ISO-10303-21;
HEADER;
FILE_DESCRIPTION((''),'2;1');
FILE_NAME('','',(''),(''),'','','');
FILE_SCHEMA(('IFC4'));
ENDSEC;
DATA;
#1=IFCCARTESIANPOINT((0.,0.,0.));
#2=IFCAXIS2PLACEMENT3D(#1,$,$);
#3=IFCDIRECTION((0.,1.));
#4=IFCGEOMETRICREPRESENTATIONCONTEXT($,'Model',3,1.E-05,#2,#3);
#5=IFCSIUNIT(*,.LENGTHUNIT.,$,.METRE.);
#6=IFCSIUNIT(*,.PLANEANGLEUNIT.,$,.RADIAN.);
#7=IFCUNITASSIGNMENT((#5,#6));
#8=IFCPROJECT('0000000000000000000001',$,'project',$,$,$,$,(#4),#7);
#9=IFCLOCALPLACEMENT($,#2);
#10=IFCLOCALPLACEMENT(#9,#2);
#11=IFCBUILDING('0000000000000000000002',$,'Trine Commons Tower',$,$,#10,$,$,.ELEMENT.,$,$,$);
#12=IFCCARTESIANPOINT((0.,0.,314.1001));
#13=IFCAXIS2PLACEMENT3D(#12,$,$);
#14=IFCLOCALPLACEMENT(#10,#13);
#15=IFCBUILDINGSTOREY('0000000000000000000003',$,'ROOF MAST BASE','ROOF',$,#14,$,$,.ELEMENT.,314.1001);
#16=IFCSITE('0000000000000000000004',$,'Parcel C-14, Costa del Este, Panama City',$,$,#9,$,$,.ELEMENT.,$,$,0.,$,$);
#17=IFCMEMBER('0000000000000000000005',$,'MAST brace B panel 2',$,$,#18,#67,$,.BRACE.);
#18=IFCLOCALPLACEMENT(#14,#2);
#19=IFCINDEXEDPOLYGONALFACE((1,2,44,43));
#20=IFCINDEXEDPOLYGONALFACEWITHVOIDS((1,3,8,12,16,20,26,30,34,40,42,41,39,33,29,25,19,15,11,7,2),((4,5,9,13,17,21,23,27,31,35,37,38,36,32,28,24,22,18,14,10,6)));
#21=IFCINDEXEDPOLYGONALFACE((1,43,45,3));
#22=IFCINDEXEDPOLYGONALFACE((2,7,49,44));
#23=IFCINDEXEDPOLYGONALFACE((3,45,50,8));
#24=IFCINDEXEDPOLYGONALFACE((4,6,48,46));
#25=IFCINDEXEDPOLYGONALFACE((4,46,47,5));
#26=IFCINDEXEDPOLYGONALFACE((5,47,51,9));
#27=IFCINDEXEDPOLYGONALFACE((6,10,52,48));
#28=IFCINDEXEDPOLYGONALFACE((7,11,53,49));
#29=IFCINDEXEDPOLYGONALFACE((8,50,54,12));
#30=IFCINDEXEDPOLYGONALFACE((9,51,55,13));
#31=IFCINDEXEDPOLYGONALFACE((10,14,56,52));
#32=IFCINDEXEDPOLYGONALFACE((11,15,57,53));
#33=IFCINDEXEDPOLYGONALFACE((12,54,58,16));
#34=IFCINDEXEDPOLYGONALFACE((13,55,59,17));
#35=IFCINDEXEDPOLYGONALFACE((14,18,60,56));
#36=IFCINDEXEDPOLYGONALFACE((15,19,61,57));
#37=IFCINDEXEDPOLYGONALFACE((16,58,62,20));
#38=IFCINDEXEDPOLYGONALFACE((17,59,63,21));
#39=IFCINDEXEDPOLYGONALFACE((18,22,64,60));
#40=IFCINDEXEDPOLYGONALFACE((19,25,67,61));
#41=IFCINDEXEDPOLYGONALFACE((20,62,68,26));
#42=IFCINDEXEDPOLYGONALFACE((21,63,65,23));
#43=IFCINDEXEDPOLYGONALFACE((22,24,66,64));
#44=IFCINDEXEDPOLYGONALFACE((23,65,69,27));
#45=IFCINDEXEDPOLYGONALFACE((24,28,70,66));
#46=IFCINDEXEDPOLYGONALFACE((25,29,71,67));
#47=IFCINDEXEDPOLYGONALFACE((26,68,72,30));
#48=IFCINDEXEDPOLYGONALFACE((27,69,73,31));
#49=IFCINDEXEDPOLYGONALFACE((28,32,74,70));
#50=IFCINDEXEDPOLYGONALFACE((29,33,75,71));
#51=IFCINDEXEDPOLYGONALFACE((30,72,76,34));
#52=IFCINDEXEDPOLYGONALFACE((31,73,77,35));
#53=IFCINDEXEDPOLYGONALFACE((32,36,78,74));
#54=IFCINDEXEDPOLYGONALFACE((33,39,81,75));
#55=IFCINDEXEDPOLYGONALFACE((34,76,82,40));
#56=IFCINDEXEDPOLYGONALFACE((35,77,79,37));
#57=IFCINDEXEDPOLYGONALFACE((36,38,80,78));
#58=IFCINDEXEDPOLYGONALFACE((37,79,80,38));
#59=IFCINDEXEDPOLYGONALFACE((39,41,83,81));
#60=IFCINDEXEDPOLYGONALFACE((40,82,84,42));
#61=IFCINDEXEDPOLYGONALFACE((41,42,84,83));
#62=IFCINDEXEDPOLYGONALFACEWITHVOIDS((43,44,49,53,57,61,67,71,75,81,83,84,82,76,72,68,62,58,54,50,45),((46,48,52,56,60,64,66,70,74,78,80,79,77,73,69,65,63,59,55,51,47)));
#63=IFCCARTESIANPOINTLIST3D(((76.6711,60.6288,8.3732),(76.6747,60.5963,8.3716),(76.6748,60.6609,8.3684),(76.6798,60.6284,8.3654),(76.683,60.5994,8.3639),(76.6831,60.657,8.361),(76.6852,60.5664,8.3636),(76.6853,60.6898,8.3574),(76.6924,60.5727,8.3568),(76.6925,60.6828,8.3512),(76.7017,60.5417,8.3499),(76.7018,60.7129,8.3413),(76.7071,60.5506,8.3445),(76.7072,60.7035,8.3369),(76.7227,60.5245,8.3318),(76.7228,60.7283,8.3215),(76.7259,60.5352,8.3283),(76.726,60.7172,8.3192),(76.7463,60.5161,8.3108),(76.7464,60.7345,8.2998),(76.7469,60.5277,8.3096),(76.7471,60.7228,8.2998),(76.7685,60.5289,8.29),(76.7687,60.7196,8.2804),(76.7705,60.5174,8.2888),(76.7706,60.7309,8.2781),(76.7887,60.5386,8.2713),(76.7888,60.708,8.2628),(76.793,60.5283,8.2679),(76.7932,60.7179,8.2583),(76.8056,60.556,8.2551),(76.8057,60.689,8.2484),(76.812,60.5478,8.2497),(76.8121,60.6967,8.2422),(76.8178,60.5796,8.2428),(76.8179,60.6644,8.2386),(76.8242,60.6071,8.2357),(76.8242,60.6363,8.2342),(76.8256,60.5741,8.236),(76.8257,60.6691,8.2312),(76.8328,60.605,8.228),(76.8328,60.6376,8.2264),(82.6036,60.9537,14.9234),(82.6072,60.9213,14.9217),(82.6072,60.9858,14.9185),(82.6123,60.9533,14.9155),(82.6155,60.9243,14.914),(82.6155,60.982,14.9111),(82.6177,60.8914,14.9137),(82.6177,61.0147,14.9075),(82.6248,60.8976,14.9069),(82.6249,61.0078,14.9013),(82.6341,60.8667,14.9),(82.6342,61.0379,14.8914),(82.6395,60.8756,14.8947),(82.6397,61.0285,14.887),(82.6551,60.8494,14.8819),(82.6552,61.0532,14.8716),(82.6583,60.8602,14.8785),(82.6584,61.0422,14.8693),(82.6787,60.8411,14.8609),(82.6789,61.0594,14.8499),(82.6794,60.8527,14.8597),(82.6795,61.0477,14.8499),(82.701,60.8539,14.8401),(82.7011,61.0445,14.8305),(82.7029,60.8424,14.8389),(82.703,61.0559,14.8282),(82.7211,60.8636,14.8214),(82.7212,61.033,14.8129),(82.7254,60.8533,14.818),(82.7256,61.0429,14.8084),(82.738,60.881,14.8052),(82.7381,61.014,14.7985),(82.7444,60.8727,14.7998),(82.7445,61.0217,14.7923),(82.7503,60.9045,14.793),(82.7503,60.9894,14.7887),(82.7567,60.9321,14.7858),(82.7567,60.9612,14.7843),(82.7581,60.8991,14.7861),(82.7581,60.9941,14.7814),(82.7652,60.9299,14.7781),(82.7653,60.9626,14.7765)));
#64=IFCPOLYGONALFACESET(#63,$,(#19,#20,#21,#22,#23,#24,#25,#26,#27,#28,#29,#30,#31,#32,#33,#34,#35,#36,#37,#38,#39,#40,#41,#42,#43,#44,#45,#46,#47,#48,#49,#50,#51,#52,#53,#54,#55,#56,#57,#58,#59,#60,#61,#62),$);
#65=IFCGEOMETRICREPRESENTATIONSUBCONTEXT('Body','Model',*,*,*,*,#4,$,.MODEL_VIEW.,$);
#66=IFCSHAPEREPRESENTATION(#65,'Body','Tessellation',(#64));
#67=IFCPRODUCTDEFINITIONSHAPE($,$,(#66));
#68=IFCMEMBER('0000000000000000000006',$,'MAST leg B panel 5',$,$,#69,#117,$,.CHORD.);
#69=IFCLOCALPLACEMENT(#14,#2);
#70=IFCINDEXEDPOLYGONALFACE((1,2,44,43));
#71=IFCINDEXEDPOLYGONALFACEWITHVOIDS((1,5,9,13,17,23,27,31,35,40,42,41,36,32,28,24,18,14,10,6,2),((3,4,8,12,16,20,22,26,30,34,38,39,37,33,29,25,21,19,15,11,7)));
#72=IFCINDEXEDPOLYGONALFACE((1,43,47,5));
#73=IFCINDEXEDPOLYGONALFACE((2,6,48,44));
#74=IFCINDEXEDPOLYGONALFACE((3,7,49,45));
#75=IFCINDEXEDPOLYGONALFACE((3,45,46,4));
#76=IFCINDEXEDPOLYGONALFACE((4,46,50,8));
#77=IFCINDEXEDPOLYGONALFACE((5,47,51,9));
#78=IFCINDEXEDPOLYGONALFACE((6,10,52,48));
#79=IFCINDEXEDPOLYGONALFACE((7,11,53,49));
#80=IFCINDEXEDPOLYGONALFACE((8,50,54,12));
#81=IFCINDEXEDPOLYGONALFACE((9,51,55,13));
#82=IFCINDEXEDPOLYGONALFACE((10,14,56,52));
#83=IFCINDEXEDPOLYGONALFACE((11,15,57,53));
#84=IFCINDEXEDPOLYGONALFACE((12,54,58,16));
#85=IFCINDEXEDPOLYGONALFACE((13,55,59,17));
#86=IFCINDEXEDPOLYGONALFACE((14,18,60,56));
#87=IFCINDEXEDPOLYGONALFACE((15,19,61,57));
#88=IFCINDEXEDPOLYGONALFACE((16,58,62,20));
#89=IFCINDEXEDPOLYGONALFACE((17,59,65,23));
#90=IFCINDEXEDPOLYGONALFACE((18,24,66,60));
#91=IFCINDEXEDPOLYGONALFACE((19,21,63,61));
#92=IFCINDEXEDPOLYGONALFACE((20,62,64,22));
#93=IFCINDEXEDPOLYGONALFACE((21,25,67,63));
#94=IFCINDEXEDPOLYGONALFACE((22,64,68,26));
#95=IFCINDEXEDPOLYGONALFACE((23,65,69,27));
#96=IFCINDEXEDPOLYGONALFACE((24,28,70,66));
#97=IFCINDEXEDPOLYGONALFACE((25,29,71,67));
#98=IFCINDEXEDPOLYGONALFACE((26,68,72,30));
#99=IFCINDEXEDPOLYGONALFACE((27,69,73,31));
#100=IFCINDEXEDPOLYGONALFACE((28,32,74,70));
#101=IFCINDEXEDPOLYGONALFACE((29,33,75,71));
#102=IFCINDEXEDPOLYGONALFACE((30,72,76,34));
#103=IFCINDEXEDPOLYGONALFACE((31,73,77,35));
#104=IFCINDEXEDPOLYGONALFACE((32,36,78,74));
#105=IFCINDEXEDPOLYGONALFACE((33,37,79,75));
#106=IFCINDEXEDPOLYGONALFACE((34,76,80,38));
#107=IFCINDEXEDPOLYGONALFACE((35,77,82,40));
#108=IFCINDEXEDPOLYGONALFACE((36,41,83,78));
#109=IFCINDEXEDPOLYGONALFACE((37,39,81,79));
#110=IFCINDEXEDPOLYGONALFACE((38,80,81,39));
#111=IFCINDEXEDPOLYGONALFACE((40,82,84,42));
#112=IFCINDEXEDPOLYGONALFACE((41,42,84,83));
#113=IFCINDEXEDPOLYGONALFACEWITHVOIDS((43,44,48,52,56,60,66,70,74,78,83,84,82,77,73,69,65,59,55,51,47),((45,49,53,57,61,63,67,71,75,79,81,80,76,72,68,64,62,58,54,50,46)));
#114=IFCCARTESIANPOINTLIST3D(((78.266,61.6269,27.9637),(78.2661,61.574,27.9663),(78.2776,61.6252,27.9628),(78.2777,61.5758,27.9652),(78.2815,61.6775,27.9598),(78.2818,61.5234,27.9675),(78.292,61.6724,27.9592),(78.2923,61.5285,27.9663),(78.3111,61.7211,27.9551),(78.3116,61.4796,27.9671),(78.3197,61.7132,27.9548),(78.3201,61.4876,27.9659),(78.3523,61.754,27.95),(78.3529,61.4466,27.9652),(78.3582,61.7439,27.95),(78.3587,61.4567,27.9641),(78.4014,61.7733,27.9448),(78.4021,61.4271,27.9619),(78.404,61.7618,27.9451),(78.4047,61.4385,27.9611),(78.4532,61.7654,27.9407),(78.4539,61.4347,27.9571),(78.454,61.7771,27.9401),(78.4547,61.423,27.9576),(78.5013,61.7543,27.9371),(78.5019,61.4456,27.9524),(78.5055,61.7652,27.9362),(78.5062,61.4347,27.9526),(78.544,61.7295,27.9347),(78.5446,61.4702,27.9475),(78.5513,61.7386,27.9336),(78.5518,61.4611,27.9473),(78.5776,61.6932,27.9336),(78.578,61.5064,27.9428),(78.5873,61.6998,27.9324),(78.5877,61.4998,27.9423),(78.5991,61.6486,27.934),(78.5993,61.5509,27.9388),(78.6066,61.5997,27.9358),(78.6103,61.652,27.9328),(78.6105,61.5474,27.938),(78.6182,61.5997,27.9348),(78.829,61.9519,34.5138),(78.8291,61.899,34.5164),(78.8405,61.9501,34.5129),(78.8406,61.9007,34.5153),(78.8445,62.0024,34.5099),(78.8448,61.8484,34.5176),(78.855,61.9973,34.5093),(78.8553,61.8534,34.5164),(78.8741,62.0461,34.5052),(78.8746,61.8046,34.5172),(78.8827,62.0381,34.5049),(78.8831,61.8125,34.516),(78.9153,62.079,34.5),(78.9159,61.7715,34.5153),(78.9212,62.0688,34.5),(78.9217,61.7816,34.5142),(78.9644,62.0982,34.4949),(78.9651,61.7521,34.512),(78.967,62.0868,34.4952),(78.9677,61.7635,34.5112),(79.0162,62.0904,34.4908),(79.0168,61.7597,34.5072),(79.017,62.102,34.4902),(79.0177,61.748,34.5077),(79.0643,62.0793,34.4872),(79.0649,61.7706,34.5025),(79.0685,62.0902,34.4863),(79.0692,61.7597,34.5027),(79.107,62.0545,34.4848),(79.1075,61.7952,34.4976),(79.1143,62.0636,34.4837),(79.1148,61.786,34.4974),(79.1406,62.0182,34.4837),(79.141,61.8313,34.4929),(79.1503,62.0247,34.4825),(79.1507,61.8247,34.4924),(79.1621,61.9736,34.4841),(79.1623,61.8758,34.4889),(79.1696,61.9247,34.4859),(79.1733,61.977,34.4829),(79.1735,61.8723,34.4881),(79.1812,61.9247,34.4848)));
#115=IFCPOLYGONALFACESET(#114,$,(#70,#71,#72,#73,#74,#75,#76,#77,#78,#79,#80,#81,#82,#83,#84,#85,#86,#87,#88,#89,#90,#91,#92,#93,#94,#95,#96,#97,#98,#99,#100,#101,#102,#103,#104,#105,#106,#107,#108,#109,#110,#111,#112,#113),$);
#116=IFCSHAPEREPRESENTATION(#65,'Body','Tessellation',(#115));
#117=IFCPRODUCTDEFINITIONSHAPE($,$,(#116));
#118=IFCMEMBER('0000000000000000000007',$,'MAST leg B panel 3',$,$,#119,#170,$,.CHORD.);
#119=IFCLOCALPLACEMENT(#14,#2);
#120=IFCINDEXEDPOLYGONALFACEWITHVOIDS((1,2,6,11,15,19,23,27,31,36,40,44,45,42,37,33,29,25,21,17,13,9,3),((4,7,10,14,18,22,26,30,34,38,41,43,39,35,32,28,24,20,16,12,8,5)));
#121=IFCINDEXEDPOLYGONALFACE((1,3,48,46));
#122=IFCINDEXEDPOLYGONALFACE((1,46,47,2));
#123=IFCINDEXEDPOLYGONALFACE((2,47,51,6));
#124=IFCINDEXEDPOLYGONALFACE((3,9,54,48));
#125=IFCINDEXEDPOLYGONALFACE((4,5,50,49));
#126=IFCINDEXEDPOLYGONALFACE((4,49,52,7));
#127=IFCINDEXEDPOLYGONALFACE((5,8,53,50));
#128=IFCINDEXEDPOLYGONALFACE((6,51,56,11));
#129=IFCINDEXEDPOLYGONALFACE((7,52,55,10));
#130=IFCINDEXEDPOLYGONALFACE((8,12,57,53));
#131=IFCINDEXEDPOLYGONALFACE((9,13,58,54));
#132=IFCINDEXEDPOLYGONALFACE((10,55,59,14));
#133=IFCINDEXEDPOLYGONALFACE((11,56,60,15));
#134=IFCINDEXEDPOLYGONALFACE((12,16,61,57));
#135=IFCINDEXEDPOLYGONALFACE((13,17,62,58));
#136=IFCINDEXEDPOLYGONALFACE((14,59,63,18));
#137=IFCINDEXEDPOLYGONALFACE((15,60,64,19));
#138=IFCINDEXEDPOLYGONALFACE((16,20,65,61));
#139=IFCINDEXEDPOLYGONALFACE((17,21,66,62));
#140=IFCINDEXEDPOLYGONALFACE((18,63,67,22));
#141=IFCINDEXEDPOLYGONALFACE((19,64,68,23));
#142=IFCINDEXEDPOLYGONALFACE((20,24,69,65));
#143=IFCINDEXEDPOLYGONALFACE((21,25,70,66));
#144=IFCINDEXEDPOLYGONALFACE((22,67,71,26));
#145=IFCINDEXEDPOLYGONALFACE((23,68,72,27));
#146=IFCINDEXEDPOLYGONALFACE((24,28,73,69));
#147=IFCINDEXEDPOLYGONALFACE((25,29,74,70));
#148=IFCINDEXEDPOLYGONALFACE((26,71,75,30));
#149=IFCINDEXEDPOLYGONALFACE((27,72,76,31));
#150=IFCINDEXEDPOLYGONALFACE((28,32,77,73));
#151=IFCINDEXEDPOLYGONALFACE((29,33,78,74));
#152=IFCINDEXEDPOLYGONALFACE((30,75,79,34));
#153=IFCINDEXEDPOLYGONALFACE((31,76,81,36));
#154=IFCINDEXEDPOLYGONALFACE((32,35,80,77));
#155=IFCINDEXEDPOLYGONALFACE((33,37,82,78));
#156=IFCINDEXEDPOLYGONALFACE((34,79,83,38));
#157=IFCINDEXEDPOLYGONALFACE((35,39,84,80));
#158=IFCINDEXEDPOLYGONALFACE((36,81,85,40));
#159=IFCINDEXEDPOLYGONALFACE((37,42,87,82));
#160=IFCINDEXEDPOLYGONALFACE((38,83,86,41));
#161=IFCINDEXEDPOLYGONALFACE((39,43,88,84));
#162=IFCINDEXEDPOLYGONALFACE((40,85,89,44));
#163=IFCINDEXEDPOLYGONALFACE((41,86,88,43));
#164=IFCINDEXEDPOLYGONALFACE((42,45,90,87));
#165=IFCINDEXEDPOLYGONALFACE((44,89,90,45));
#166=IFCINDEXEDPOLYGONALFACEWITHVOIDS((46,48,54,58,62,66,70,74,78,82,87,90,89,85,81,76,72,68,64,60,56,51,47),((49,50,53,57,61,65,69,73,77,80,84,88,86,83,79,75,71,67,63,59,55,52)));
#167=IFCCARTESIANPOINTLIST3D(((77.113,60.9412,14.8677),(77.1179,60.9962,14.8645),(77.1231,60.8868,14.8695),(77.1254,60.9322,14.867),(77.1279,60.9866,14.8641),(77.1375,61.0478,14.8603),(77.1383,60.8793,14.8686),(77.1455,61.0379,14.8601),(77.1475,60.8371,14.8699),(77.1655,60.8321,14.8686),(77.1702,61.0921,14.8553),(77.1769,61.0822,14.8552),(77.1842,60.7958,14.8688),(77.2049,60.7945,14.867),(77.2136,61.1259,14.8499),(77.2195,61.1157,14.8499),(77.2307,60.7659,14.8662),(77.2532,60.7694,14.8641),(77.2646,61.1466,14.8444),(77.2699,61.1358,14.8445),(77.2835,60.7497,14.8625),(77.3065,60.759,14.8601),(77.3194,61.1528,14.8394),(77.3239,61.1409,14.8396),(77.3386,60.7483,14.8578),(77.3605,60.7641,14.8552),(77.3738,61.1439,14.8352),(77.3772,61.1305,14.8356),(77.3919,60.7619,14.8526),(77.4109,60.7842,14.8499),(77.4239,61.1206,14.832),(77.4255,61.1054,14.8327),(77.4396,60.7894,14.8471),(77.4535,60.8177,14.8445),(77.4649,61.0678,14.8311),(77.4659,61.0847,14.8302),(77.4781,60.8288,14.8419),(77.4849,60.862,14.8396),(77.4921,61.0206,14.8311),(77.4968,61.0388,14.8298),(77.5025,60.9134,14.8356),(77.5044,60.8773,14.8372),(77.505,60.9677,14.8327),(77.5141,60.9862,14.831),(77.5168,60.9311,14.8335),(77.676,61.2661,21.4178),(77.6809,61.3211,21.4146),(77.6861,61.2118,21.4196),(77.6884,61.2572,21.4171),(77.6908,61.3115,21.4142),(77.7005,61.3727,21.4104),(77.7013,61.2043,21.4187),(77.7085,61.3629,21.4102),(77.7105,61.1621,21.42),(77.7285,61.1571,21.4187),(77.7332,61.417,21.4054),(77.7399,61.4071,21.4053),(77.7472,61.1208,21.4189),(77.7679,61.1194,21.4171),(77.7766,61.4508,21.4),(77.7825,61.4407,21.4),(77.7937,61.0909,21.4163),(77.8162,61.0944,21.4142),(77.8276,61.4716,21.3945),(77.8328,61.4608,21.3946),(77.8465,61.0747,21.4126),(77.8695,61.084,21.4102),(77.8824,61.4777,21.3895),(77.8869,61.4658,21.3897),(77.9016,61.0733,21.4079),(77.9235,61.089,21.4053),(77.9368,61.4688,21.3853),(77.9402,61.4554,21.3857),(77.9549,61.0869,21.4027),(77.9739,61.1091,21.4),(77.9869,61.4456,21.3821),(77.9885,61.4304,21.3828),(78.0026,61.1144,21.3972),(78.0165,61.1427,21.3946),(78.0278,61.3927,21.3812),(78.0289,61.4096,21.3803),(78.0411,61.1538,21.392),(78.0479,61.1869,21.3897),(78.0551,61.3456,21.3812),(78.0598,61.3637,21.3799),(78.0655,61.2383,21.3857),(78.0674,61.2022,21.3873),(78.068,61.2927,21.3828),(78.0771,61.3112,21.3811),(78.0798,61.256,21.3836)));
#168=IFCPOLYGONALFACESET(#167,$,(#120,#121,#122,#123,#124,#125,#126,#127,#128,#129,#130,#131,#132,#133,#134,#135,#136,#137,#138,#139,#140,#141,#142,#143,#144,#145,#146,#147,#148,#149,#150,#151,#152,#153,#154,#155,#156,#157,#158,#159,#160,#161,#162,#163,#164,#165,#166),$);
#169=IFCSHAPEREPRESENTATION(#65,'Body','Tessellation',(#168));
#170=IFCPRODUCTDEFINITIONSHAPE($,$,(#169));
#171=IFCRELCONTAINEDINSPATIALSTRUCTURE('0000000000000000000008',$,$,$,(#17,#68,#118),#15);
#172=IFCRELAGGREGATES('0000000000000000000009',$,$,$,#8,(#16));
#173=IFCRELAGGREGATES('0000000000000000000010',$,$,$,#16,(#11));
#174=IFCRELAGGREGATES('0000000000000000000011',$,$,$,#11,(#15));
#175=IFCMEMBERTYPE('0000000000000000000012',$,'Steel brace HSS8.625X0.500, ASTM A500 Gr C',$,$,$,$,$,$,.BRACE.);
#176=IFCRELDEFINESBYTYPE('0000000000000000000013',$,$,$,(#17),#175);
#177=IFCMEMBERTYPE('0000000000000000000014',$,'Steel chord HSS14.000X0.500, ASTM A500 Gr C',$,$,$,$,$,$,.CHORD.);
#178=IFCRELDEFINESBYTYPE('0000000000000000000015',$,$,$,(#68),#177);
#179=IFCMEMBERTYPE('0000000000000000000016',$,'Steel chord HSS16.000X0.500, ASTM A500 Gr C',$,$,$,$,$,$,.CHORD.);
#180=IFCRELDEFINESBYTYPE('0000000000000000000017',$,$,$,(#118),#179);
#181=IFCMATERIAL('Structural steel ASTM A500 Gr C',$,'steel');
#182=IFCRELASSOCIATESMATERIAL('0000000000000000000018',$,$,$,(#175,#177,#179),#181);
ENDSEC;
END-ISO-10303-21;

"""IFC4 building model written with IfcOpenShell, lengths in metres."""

from ifc_helpers import new_model, si_unit, direction, frame, origin, origin_2d, place, context, subcontext, project, spatial, hollow_circle, extrude, material, material_profile, profile_set, type_object, element, save


model = new_model("IFC4")

# Units and contexts
model_context = context("Model", 3, precision=1e-05, world=origin(), true_north=direction((0.0, 1.0)))
body_context = subcontext(model_context, "Body", "Model", "MODEL_VIEW")
ifc_project = project(units=[si_unit("LENGTHUNIT", "METRE"), si_unit("PLANEANGLEUNIT", "RADIAN")], contexts=[model_context])

# Site, building, storey
site_placement = place(None, origin())
site = spatial("IfcSite", under=ifc_project, at=site_placement, Name="Parcel C-14, Costa del Este, Panama City", CompositionType="ELEMENT", RefElevation=0.0)
building_placement = place(site_placement, origin())
building = spatial("IfcBuilding", under=site, at=building_placement, Name="Trine Commons Tower", CompositionType="ELEMENT")
storey_placement = place(building_placement, frame((0.0, 0.0, 314.1001)))
storey = spatial("IfcBuildingStorey", under=building, at=storey_placement, Name="ROOF MAST BASE", Description="ROOF", CompositionType="ELEMENT", Elevation=314.1001)

# Members
ifc_material_1 = material(Name="Structural steel ASTM A500 Gr C", Category="steel")
ifc_material_profile_1 = material_profile(ifc_material_1, hollow_circle(Radius=0.1096, WallThickness=0.0117, at=origin_2d()), Name="HSS8.625X0.500")
ifc_profile_set_1 = profile_set([ifc_material_profile_1], Name="Structural steel ASTM A500 Gr C")
member_type_1 = type_object("IfcMemberType", Name="Steel brace HSS8.625X0.500, ASTM A500 Gr C", PredefinedType="BRACE", material=ifc_profile_set_1)
for number, where, z_axis, x_axis, name in (
    (1, (76.7524, 60.625, 8.2998), (0.670842, 0.036746, 0.74069), (-0.054694, 0.998503, 0.0), "MAST brace B panel 2"),
):
    element("IfcMember", number, at=place(storey_placement, frame(where, z_axis=z_axis, x_axis=x_axis)), inside=storey, type_object=member_type_1, Name=name, PredefinedType="BRACE", context=body_context, shape_type="SweptSolid", body=[
        extrude(hollow_circle(Radius=0.1096, WallThickness=0.0117, at=origin_2d()), origin(), (0.0, 0.0, 1.0), 8.8433),
    ])
ifc_material_profile_2 = material_profile(ifc_material_1, hollow_circle(Radius=0.1777, WallThickness=0.0117, at=origin_2d()), Name="HSS14.000X0.500")
ifc_profile_set_2 = profile_set([ifc_material_profile_2], Name="Structural steel ASTM A500 Gr C")
member_type_2 = type_object("IfcMemberType", Name="Steel chord HSS14.000X0.500, ASTM A500 Gr C", PredefinedType="CHORD", material=ifc_profile_set_2)
member_1_placement = place(storey_placement, frame((78.4412, 61.6001, 27.95), z_axis=(0.085532, 0.049368, 0.995112), x_axis=(-0.499896, 0.866086, 0.0)))
element("IfcMember", 2, at=member_1_placement, inside=storey, type_object=member_type_2, Name="MAST leg B panel 5", PredefinedType="CHORD", context=body_context, shape_type="SweptSolid", body=[
    extrude(hollow_circle(Radius=0.1777, WallThickness=0.0117, at=origin_2d()), origin(), (0.0, 0.0, 1.0), 6.5823),
])
ifc_material_profile_3 = material_profile(ifc_material_1, hollow_circle(Radius=0.2031, WallThickness=0.0117, at=origin_2d()), Name="HSS16.000X0.500")
ifc_profile_set_3 = profile_set([ifc_material_profile_3], Name="Structural steel ASTM A500 Gr C")
member_type_3 = type_object("IfcMemberType", Name="Steel chord HSS16.000X0.500, ASTM A500 Gr C", PredefinedType="CHORD", material=ifc_profile_set_3)
for number, where, z_axis, x_axis, name in (
    (3, (77.3152, 60.95, 14.8499), (0.085532, 0.049368, 0.995112), (-0.499896, 0.866086, 0.0), "MAST leg B panel 3"),
):
    element("IfcMember", number, at=place(storey_placement, frame(where, z_axis=z_axis, x_axis=x_axis)), inside=storey, type_object=member_type_3, Name=name, PredefinedType="CHORD", context=body_context, shape_type="SweptSolid", body=[
        extrude(hollow_circle(Radius=0.2031, WallThickness=0.0117, at=origin_2d()), origin(), (0.0, 0.0, 1.0), 6.5823),
    ])

save(model, "model.ifc")
